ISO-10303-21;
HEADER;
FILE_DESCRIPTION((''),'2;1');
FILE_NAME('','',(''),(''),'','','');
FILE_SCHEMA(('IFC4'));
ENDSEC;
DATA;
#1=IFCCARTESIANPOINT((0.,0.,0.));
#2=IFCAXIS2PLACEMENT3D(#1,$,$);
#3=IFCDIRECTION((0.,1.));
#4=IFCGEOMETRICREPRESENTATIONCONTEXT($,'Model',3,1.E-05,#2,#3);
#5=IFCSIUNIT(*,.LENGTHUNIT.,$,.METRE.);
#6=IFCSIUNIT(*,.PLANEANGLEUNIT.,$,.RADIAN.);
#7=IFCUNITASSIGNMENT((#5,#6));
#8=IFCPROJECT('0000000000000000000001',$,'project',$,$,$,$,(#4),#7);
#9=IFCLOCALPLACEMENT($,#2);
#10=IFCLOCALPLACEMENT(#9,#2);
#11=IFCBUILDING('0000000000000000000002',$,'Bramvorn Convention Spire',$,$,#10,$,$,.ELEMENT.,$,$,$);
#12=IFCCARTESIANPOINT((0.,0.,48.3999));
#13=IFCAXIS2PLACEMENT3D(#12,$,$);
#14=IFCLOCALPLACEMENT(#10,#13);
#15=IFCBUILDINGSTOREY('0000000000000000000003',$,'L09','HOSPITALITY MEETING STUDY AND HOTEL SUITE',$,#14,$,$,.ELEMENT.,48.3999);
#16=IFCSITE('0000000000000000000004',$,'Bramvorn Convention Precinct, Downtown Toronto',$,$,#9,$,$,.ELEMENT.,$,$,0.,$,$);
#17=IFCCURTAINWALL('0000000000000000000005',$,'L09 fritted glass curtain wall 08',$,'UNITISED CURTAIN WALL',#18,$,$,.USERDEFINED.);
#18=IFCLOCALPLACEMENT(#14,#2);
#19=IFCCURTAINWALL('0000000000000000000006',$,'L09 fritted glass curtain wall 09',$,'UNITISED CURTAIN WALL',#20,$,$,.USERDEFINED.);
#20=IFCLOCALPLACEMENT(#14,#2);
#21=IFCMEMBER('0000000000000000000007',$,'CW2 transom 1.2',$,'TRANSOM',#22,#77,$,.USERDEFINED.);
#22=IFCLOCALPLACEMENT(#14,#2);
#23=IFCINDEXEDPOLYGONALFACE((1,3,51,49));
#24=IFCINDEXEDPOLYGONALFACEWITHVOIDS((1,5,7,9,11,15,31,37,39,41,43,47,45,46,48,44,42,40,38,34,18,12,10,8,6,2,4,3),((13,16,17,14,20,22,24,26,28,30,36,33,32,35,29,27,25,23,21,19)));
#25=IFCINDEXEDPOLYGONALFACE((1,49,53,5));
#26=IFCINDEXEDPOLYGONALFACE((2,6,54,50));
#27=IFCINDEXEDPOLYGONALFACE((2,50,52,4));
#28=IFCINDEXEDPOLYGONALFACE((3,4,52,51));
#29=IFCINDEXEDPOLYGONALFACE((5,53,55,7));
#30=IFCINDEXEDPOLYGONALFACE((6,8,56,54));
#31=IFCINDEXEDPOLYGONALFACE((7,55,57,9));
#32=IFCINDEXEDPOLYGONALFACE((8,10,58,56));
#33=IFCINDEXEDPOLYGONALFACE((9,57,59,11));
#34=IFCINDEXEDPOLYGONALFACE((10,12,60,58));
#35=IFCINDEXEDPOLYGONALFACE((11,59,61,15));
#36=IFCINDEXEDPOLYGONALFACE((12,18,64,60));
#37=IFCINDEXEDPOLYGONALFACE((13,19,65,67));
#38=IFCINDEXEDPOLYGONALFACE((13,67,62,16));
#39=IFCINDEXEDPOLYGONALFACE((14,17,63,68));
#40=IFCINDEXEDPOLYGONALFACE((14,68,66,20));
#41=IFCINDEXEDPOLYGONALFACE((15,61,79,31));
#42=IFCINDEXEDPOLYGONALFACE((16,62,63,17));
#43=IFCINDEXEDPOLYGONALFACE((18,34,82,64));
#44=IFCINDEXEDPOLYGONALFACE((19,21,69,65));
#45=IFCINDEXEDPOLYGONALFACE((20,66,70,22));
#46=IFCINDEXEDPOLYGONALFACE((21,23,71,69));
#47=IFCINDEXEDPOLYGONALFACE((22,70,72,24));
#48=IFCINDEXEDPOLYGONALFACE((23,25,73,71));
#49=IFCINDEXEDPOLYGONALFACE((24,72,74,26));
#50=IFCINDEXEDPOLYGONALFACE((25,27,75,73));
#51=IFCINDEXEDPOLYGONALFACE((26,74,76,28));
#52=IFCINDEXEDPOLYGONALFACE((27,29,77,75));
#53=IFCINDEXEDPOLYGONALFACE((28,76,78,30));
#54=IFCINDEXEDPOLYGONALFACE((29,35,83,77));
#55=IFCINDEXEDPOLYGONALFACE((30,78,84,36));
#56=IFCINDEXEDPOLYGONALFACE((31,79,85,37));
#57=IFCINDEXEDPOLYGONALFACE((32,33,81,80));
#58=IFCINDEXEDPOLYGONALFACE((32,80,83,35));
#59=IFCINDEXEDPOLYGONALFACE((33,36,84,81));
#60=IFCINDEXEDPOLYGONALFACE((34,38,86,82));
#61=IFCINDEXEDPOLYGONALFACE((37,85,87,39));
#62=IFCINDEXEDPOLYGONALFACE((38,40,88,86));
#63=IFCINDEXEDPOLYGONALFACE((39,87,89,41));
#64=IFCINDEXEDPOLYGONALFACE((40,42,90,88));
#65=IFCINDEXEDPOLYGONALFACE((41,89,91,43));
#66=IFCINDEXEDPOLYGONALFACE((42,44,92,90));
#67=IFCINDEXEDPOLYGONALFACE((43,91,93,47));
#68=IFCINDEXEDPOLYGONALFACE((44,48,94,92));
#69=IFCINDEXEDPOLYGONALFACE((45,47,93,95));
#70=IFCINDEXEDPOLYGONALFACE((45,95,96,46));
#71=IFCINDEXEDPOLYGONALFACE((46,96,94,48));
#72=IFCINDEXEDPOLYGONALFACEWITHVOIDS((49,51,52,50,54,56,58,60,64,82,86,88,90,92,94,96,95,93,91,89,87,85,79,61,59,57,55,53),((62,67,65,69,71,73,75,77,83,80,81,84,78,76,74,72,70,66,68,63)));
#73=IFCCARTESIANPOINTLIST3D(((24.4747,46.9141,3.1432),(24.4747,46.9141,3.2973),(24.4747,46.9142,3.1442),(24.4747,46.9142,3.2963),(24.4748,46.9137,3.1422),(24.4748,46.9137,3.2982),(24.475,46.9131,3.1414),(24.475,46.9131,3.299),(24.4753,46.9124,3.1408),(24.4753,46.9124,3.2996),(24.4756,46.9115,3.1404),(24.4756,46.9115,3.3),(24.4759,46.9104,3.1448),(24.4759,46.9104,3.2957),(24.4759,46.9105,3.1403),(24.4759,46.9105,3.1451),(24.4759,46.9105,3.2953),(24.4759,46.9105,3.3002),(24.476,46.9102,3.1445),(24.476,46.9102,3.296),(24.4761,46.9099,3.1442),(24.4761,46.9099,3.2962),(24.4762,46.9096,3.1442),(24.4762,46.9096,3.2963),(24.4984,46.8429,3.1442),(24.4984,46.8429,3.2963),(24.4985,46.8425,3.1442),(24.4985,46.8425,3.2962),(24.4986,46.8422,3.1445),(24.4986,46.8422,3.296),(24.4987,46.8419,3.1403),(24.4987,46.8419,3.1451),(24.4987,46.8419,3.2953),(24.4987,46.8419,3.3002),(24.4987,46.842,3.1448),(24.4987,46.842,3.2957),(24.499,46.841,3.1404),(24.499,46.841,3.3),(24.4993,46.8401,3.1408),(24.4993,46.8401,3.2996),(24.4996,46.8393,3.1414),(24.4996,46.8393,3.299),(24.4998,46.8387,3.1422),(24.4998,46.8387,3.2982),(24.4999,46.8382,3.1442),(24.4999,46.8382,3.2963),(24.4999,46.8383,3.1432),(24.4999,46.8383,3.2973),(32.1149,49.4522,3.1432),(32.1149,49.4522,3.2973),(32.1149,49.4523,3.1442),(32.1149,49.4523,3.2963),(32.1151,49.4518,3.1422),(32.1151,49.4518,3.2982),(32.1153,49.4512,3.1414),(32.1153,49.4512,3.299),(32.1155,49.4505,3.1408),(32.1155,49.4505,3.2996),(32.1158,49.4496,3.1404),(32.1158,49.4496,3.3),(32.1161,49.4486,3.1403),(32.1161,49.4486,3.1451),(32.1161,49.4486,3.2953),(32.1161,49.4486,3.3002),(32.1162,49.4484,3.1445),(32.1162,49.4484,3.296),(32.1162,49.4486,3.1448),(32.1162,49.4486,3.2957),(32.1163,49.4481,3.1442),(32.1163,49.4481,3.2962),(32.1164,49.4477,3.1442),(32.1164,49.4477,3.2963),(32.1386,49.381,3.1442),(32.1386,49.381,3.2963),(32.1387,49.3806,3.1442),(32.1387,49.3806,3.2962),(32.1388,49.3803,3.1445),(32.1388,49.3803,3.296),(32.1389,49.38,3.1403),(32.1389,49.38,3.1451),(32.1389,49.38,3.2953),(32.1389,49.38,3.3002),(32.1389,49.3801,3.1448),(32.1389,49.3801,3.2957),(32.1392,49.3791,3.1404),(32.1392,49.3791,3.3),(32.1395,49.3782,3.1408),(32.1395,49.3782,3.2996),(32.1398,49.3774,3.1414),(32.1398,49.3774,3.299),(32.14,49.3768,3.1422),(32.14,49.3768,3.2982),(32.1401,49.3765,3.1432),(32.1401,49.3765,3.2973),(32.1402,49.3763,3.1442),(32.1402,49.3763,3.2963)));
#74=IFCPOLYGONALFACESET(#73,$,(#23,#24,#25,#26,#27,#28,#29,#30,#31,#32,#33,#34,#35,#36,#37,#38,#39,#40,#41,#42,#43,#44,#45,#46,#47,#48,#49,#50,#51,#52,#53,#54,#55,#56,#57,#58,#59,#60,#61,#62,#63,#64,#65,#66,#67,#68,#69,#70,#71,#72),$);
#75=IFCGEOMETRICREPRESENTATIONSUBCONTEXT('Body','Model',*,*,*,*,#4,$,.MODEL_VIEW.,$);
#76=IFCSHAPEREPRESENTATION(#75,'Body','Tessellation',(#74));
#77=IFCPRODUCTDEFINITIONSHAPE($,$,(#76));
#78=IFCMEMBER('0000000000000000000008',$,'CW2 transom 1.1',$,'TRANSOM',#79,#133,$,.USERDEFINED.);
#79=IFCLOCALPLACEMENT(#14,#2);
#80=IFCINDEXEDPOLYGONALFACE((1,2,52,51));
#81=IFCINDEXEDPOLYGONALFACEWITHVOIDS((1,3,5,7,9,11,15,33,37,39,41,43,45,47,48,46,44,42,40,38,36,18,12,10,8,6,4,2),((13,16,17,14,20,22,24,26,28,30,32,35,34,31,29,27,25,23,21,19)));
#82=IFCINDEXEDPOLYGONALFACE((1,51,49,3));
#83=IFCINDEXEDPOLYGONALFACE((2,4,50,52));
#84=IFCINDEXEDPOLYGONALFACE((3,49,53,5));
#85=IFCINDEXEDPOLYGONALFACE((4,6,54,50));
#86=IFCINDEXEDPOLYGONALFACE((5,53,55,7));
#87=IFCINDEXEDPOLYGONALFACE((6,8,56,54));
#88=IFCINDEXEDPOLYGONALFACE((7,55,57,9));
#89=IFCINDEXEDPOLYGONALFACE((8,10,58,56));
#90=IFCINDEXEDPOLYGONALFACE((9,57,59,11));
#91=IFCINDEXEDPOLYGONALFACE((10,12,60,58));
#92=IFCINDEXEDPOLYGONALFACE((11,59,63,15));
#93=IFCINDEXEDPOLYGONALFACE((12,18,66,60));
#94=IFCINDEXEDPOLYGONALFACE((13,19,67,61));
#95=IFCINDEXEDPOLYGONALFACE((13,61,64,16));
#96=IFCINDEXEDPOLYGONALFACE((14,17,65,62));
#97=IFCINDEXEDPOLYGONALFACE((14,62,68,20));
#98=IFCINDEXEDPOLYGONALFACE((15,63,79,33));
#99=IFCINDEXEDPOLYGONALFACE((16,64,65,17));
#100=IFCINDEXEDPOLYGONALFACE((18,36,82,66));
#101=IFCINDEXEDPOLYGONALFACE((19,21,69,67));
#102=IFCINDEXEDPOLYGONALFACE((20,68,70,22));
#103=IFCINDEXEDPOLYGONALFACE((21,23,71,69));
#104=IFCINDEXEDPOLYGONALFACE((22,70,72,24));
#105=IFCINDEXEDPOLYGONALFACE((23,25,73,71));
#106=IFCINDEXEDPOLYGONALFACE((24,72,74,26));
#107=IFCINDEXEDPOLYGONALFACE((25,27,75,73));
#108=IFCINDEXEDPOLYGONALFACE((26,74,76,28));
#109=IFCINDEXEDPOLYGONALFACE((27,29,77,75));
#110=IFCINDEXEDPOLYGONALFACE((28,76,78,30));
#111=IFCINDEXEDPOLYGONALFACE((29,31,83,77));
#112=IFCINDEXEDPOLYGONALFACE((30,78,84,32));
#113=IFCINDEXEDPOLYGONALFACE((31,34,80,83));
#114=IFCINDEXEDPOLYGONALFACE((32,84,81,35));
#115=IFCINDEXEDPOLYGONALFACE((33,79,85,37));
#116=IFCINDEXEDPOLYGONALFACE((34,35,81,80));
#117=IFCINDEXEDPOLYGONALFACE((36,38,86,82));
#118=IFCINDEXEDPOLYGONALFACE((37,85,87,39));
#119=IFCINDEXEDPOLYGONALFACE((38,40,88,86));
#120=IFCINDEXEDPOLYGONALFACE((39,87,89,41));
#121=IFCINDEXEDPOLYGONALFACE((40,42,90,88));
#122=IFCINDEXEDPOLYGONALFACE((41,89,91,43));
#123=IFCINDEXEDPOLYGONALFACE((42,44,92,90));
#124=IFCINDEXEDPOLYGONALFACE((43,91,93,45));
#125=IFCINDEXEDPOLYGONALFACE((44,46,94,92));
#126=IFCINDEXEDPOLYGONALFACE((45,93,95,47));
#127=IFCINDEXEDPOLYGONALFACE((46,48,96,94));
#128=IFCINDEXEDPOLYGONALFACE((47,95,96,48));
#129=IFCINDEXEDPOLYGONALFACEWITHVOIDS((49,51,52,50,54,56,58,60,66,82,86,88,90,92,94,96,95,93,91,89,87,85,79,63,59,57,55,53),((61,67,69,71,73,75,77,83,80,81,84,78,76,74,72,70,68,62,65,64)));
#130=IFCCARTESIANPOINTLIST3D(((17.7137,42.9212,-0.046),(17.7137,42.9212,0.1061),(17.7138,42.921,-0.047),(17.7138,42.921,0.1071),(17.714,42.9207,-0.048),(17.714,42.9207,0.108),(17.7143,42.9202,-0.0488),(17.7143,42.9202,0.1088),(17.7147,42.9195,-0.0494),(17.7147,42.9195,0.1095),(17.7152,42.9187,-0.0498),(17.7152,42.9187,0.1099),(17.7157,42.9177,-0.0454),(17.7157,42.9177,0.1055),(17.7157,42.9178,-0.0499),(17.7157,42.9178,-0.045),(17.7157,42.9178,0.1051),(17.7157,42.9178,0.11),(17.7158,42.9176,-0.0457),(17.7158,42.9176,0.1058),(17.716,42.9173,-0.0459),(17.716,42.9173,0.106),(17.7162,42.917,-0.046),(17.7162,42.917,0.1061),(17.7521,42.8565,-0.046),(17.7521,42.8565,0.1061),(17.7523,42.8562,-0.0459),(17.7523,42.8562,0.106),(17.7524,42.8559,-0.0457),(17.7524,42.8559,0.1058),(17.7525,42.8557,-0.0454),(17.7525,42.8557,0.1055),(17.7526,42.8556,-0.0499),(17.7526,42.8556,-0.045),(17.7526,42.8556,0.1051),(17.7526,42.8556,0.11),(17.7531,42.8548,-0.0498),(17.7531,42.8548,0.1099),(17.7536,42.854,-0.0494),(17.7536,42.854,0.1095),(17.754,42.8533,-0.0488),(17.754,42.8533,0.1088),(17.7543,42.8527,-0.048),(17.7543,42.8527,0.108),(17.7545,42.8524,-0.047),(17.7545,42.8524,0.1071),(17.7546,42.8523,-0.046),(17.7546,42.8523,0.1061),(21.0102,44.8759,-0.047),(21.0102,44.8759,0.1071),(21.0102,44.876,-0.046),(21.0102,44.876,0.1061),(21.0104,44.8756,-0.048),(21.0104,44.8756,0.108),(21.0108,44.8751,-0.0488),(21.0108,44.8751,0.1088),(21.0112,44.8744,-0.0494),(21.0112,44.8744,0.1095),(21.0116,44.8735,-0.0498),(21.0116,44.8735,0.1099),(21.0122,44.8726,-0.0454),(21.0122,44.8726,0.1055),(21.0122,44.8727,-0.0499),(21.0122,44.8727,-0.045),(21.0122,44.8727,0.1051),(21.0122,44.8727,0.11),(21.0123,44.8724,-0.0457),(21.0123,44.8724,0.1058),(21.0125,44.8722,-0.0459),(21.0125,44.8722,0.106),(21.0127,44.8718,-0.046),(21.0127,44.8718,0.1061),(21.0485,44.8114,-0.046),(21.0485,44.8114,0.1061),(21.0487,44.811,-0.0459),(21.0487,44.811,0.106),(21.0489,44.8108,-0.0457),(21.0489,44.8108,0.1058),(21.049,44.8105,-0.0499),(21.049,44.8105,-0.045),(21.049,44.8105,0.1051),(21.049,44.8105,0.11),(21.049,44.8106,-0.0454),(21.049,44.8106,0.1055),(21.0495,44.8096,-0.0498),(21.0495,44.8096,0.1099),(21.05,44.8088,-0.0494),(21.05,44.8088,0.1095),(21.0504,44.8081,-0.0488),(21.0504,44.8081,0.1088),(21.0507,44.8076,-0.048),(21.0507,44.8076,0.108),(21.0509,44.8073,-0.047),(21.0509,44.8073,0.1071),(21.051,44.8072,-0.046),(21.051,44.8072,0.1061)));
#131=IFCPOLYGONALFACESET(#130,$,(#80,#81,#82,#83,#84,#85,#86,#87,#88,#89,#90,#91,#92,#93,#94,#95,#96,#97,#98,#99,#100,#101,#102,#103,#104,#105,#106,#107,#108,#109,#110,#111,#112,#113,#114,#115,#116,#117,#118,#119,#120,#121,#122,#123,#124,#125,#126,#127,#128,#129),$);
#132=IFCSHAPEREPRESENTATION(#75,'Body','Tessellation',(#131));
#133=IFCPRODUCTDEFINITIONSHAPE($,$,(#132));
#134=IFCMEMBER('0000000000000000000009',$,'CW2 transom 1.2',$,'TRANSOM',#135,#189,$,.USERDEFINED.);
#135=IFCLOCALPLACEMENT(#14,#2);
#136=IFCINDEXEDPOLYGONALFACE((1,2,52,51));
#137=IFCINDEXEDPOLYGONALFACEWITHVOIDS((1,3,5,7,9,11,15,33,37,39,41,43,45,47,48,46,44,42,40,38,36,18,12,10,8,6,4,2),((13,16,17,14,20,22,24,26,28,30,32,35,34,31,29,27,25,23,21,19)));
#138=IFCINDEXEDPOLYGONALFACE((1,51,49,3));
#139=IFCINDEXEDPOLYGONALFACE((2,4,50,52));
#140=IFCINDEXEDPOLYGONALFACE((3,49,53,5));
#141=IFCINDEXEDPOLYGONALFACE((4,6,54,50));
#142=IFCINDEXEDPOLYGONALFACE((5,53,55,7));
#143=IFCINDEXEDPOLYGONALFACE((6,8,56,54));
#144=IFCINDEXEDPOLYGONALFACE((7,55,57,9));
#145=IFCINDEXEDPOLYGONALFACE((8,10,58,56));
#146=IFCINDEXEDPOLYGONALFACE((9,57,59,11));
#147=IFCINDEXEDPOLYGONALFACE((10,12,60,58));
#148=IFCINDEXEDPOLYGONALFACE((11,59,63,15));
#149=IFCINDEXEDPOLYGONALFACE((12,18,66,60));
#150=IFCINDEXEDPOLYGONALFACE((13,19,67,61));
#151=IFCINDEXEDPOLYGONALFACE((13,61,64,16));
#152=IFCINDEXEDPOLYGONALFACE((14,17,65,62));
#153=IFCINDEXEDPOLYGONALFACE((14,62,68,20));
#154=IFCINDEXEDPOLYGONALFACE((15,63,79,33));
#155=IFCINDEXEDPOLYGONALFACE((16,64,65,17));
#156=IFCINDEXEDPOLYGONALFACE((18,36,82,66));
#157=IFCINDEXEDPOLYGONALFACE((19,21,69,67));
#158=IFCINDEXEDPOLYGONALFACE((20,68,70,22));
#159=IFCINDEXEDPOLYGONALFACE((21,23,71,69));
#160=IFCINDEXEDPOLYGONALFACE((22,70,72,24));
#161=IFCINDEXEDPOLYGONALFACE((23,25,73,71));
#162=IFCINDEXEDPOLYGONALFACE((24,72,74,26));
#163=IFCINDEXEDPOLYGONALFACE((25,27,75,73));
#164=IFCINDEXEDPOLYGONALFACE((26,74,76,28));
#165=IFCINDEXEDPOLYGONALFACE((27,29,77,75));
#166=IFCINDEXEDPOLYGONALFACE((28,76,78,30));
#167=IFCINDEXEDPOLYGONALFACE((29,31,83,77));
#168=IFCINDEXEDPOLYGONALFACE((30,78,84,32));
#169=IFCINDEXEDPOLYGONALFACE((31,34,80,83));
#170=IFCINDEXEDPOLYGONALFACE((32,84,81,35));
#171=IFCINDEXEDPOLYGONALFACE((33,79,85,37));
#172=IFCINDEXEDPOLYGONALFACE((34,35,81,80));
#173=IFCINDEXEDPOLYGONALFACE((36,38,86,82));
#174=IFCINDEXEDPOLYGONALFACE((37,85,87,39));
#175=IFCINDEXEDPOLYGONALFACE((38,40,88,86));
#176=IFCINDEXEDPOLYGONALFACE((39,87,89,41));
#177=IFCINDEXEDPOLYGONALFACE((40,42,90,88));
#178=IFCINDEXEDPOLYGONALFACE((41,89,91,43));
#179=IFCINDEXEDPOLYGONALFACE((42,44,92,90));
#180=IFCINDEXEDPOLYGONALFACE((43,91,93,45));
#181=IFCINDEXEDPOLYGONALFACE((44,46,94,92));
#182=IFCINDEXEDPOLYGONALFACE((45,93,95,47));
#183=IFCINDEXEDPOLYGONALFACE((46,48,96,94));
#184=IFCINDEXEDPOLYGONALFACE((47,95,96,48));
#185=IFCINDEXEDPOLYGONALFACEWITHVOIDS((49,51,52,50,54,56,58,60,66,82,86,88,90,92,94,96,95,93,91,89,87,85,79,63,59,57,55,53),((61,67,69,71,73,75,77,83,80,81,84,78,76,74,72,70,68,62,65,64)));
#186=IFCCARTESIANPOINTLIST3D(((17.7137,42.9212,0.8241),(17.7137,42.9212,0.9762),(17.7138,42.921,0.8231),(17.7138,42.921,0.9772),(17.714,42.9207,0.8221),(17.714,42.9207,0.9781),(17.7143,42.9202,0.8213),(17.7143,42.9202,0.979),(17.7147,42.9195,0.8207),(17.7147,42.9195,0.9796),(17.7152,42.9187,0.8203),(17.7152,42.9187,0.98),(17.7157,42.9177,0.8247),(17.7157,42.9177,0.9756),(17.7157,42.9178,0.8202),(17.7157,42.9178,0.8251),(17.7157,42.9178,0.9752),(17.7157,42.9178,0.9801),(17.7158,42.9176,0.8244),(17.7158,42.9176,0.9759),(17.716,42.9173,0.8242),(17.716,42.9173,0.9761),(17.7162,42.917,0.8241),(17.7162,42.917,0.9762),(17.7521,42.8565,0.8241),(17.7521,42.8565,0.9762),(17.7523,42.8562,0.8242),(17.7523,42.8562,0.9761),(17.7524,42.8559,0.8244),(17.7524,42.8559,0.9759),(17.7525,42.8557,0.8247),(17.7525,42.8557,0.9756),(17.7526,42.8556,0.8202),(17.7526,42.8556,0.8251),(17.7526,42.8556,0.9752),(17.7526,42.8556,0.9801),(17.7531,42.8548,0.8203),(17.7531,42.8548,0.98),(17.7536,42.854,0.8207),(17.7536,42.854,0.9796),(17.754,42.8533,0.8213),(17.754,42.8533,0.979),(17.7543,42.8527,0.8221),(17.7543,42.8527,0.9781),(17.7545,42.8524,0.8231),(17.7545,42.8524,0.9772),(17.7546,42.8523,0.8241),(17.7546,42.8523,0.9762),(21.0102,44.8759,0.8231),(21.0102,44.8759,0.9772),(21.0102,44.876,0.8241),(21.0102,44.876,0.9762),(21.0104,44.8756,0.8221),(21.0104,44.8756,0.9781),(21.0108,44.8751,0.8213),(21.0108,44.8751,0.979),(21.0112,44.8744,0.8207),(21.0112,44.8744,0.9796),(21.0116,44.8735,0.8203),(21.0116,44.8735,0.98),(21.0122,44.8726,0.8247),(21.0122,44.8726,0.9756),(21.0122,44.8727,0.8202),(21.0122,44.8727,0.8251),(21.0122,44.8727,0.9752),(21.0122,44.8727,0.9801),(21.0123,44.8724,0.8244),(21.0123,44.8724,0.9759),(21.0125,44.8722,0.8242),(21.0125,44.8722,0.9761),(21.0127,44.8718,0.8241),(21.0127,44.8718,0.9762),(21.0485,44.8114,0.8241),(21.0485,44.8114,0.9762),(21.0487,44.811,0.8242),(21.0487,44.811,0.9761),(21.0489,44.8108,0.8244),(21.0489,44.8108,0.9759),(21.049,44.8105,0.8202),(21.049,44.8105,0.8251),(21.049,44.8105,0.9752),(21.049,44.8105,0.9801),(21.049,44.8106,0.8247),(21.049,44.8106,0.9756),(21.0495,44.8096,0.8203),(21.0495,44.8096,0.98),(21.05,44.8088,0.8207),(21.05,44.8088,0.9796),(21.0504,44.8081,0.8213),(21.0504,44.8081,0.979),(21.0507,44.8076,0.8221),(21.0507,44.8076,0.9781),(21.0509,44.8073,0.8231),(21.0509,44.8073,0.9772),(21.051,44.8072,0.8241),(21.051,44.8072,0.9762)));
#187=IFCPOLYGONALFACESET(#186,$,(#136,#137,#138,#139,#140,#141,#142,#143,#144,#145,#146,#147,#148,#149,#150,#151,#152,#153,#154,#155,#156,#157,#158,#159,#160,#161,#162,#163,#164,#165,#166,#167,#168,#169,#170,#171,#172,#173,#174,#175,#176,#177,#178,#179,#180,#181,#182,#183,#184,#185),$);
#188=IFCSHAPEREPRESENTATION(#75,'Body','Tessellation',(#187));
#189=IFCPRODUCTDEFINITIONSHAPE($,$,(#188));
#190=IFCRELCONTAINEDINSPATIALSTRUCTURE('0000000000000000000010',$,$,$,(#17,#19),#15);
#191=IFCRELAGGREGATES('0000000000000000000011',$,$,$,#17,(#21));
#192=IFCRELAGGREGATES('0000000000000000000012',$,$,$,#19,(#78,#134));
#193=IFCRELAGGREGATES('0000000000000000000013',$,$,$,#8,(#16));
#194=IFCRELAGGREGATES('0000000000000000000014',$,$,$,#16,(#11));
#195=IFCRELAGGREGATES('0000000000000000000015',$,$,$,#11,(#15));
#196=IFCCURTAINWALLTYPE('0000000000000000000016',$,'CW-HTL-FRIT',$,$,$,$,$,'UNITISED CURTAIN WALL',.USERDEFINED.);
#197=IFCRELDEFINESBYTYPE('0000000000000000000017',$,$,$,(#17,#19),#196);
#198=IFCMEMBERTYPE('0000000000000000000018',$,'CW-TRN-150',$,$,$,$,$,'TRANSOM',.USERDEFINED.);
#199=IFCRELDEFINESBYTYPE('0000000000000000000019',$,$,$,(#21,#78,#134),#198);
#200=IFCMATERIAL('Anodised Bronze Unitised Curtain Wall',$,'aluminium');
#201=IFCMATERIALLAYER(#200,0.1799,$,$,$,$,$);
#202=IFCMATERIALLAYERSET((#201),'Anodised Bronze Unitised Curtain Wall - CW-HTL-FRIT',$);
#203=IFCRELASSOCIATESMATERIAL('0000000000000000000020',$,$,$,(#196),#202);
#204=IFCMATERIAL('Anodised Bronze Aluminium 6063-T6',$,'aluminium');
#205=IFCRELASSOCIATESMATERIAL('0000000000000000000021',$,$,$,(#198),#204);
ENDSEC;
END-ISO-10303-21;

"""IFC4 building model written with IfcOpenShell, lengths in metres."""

from ifc_helpers import new_model, si_unit, direction, frame, origin, origin_2d, place, context, subcontext, project, spatial, hollow_rectangle, extrude, material, layer, layer_set, material_profile, profile_set, type_object, element, aggregate, save


model = new_model("IFC4")

# Units and contexts
model_context = context("Model", 3, precision=1e-05, world=origin(), true_north=direction((0.0, 1.0)))
body_context = subcontext(model_context, "Body", "Model", "MODEL_VIEW")
ifc_project = project(units=[si_unit("LENGTHUNIT", "METRE"), si_unit("PLANEANGLEUNIT", "RADIAN")], contexts=[model_context])

# Site, building, storey
site_placement = place(None, origin())
site = spatial("IfcSite", under=ifc_project, at=site_placement, Name="Bramvorn Convention Precinct, Downtown Toronto", CompositionType="ELEMENT", RefElevation=0.0)
building_placement = place(site_placement, origin())
building = spatial("IfcBuilding", under=site, at=building_placement, Name="Bramvorn Convention Spire", CompositionType="ELEMENT")
storey_placement = place(building_placement, frame((0.0, 0.0, 48.3999)))
storey = spatial("IfcBuildingStorey", under=building, at=storey_placement, Name="L09", Description="HOSPITALITY MEETING STUDY AND HOTEL SUITE", CompositionType="ELEMENT", Elevation=48.3999)

# Curtain wall
ifc_material_1 = material(Name="Anodised Bronze Unitised Curtain Wall", Category="aluminium")
ifc_layer_1 = layer(ifc_material_1, 0.1799)
ifc_layer_set_1 = layer_set([ifc_layer_1], Name="Anodised Bronze Unitised Curtain Wall - CW-HTL-FRIT")
curtain_wall_type = type_object("IfcCurtainWallType", Name="CW-HTL-FRIT", ElementType="UNITISED CURTAIN WALL", PredefinedType="USERDEFINED", material=ifc_layer_set_1)
curtain_wall_1_placement = place(storey_placement, origin())
curtain_wall_1 = element("IfcCurtainWall", 1, at=curtain_wall_1_placement, inside=storey, type_object=curtain_wall_type, Name="L09 fritted glass curtain wall 08", ObjectType="UNITISED CURTAIN WALL", PredefinedType="USERDEFINED")
ifc_material_2 = material(Name="Anodised Bronze Aluminium 6063-T6", Category="aluminium")

# Curtain wall
curtain_wall_2_placement = place(storey_placement, origin())
curtain_wall_2 = element("IfcCurtainWall", 2, at=curtain_wall_2_placement, inside=storey, type_object=curtain_wall_type, Name="L09 fritted glass curtain wall 09", ObjectType="UNITISED CURTAIN WALL", PredefinedType="USERDEFINED")

# Members
ifc_material_profile_1 = material_profile(ifc_material_2, hollow_rectangle(XDim=0.0801, YDim=0.1599, WallThickness=0.0039, InnerFilletRadius=0.001, OuterFilletRadius=0.0039, at=origin_2d()))
ifc_profile_set_1 = profile_set([ifc_material_profile_1], Name="Anodised Bronze Aluminium 6063-T6 - CWT80X160")
member_type_1 = type_object("IfcMemberType", Name="CW-TRN-150", ElementType="TRANSOM", PredefinedType="USERDEFINED", material=ifc_profile_set_1)
member_1_placement = place(storey_placement, frame((24.4873, 46.8762, 3.2202), z_axis=(0.949004, 0.315263, 0.0), x_axis=(-0.315263, 0.949004, 0.0)))
member_1 = element("IfcMember", 3, at=member_1_placement, type_object=member_type_1, Name="CW2 transom 1.2", ObjectType="TRANSOM", PredefinedType="USERDEFINED", context=body_context, shape_type="SweptSolid", body=[
    extrude(hollow_rectangle(XDim=0.0801, YDim=0.1599, WallThickness=0.0039, InnerFilletRadius=0.001, OuterFilletRadius=0.0039, at=origin_2d()), origin(), (0.0, 0.0, 1.0), 8.0508),
])
aggregate(curtain_wall_1, [member_1])
member_2_placement = place(storey_placement, frame((17.7341, 42.8867, 0.03), z_axis=(0.860129, 0.510077, 0.0), x_axis=(-0.510077, 0.860129, 0.0)))
member_2 = element("IfcMember", 4, at=member_2_placement, type_object=member_type_1, Name="CW2 transom 1.1", ObjectType="TRANSOM", PredefinedType="USERDEFINED", context=body_context, shape_type="SweptSolid", body=[
    extrude(hollow_rectangle(XDim=0.0801, YDim=0.1599, WallThickness=0.0039, InnerFilletRadius=0.001, OuterFilletRadius=0.0039, at=origin_2d()), origin(), (0.0, 0.0, 1.0), 3.8325),
])
member_3_placement = place(storey_placement, frame((17.7341, 42.8867, 0.9001), z_axis=(0.860129, 0.510077, 0.0), x_axis=(-0.510077, 0.860129, 0.0)))
member_3 = element("IfcMember", 5, at=member_3_placement, type_object=member_type_1, Name="CW2 transom 1.2", ObjectType="TRANSOM", PredefinedType="USERDEFINED", context=body_context, shape_type="SweptSolid", body=[
    extrude(hollow_rectangle(XDim=0.0801, YDim=0.1599, WallThickness=0.0039, InnerFilletRadius=0.001, OuterFilletRadius=0.0039, at=origin_2d()), origin(), (0.0, 0.0, 1.0), 3.8325),
])

aggregate(curtain_wall_2, [member_2, member_3])

save(model, "model.ifc")
